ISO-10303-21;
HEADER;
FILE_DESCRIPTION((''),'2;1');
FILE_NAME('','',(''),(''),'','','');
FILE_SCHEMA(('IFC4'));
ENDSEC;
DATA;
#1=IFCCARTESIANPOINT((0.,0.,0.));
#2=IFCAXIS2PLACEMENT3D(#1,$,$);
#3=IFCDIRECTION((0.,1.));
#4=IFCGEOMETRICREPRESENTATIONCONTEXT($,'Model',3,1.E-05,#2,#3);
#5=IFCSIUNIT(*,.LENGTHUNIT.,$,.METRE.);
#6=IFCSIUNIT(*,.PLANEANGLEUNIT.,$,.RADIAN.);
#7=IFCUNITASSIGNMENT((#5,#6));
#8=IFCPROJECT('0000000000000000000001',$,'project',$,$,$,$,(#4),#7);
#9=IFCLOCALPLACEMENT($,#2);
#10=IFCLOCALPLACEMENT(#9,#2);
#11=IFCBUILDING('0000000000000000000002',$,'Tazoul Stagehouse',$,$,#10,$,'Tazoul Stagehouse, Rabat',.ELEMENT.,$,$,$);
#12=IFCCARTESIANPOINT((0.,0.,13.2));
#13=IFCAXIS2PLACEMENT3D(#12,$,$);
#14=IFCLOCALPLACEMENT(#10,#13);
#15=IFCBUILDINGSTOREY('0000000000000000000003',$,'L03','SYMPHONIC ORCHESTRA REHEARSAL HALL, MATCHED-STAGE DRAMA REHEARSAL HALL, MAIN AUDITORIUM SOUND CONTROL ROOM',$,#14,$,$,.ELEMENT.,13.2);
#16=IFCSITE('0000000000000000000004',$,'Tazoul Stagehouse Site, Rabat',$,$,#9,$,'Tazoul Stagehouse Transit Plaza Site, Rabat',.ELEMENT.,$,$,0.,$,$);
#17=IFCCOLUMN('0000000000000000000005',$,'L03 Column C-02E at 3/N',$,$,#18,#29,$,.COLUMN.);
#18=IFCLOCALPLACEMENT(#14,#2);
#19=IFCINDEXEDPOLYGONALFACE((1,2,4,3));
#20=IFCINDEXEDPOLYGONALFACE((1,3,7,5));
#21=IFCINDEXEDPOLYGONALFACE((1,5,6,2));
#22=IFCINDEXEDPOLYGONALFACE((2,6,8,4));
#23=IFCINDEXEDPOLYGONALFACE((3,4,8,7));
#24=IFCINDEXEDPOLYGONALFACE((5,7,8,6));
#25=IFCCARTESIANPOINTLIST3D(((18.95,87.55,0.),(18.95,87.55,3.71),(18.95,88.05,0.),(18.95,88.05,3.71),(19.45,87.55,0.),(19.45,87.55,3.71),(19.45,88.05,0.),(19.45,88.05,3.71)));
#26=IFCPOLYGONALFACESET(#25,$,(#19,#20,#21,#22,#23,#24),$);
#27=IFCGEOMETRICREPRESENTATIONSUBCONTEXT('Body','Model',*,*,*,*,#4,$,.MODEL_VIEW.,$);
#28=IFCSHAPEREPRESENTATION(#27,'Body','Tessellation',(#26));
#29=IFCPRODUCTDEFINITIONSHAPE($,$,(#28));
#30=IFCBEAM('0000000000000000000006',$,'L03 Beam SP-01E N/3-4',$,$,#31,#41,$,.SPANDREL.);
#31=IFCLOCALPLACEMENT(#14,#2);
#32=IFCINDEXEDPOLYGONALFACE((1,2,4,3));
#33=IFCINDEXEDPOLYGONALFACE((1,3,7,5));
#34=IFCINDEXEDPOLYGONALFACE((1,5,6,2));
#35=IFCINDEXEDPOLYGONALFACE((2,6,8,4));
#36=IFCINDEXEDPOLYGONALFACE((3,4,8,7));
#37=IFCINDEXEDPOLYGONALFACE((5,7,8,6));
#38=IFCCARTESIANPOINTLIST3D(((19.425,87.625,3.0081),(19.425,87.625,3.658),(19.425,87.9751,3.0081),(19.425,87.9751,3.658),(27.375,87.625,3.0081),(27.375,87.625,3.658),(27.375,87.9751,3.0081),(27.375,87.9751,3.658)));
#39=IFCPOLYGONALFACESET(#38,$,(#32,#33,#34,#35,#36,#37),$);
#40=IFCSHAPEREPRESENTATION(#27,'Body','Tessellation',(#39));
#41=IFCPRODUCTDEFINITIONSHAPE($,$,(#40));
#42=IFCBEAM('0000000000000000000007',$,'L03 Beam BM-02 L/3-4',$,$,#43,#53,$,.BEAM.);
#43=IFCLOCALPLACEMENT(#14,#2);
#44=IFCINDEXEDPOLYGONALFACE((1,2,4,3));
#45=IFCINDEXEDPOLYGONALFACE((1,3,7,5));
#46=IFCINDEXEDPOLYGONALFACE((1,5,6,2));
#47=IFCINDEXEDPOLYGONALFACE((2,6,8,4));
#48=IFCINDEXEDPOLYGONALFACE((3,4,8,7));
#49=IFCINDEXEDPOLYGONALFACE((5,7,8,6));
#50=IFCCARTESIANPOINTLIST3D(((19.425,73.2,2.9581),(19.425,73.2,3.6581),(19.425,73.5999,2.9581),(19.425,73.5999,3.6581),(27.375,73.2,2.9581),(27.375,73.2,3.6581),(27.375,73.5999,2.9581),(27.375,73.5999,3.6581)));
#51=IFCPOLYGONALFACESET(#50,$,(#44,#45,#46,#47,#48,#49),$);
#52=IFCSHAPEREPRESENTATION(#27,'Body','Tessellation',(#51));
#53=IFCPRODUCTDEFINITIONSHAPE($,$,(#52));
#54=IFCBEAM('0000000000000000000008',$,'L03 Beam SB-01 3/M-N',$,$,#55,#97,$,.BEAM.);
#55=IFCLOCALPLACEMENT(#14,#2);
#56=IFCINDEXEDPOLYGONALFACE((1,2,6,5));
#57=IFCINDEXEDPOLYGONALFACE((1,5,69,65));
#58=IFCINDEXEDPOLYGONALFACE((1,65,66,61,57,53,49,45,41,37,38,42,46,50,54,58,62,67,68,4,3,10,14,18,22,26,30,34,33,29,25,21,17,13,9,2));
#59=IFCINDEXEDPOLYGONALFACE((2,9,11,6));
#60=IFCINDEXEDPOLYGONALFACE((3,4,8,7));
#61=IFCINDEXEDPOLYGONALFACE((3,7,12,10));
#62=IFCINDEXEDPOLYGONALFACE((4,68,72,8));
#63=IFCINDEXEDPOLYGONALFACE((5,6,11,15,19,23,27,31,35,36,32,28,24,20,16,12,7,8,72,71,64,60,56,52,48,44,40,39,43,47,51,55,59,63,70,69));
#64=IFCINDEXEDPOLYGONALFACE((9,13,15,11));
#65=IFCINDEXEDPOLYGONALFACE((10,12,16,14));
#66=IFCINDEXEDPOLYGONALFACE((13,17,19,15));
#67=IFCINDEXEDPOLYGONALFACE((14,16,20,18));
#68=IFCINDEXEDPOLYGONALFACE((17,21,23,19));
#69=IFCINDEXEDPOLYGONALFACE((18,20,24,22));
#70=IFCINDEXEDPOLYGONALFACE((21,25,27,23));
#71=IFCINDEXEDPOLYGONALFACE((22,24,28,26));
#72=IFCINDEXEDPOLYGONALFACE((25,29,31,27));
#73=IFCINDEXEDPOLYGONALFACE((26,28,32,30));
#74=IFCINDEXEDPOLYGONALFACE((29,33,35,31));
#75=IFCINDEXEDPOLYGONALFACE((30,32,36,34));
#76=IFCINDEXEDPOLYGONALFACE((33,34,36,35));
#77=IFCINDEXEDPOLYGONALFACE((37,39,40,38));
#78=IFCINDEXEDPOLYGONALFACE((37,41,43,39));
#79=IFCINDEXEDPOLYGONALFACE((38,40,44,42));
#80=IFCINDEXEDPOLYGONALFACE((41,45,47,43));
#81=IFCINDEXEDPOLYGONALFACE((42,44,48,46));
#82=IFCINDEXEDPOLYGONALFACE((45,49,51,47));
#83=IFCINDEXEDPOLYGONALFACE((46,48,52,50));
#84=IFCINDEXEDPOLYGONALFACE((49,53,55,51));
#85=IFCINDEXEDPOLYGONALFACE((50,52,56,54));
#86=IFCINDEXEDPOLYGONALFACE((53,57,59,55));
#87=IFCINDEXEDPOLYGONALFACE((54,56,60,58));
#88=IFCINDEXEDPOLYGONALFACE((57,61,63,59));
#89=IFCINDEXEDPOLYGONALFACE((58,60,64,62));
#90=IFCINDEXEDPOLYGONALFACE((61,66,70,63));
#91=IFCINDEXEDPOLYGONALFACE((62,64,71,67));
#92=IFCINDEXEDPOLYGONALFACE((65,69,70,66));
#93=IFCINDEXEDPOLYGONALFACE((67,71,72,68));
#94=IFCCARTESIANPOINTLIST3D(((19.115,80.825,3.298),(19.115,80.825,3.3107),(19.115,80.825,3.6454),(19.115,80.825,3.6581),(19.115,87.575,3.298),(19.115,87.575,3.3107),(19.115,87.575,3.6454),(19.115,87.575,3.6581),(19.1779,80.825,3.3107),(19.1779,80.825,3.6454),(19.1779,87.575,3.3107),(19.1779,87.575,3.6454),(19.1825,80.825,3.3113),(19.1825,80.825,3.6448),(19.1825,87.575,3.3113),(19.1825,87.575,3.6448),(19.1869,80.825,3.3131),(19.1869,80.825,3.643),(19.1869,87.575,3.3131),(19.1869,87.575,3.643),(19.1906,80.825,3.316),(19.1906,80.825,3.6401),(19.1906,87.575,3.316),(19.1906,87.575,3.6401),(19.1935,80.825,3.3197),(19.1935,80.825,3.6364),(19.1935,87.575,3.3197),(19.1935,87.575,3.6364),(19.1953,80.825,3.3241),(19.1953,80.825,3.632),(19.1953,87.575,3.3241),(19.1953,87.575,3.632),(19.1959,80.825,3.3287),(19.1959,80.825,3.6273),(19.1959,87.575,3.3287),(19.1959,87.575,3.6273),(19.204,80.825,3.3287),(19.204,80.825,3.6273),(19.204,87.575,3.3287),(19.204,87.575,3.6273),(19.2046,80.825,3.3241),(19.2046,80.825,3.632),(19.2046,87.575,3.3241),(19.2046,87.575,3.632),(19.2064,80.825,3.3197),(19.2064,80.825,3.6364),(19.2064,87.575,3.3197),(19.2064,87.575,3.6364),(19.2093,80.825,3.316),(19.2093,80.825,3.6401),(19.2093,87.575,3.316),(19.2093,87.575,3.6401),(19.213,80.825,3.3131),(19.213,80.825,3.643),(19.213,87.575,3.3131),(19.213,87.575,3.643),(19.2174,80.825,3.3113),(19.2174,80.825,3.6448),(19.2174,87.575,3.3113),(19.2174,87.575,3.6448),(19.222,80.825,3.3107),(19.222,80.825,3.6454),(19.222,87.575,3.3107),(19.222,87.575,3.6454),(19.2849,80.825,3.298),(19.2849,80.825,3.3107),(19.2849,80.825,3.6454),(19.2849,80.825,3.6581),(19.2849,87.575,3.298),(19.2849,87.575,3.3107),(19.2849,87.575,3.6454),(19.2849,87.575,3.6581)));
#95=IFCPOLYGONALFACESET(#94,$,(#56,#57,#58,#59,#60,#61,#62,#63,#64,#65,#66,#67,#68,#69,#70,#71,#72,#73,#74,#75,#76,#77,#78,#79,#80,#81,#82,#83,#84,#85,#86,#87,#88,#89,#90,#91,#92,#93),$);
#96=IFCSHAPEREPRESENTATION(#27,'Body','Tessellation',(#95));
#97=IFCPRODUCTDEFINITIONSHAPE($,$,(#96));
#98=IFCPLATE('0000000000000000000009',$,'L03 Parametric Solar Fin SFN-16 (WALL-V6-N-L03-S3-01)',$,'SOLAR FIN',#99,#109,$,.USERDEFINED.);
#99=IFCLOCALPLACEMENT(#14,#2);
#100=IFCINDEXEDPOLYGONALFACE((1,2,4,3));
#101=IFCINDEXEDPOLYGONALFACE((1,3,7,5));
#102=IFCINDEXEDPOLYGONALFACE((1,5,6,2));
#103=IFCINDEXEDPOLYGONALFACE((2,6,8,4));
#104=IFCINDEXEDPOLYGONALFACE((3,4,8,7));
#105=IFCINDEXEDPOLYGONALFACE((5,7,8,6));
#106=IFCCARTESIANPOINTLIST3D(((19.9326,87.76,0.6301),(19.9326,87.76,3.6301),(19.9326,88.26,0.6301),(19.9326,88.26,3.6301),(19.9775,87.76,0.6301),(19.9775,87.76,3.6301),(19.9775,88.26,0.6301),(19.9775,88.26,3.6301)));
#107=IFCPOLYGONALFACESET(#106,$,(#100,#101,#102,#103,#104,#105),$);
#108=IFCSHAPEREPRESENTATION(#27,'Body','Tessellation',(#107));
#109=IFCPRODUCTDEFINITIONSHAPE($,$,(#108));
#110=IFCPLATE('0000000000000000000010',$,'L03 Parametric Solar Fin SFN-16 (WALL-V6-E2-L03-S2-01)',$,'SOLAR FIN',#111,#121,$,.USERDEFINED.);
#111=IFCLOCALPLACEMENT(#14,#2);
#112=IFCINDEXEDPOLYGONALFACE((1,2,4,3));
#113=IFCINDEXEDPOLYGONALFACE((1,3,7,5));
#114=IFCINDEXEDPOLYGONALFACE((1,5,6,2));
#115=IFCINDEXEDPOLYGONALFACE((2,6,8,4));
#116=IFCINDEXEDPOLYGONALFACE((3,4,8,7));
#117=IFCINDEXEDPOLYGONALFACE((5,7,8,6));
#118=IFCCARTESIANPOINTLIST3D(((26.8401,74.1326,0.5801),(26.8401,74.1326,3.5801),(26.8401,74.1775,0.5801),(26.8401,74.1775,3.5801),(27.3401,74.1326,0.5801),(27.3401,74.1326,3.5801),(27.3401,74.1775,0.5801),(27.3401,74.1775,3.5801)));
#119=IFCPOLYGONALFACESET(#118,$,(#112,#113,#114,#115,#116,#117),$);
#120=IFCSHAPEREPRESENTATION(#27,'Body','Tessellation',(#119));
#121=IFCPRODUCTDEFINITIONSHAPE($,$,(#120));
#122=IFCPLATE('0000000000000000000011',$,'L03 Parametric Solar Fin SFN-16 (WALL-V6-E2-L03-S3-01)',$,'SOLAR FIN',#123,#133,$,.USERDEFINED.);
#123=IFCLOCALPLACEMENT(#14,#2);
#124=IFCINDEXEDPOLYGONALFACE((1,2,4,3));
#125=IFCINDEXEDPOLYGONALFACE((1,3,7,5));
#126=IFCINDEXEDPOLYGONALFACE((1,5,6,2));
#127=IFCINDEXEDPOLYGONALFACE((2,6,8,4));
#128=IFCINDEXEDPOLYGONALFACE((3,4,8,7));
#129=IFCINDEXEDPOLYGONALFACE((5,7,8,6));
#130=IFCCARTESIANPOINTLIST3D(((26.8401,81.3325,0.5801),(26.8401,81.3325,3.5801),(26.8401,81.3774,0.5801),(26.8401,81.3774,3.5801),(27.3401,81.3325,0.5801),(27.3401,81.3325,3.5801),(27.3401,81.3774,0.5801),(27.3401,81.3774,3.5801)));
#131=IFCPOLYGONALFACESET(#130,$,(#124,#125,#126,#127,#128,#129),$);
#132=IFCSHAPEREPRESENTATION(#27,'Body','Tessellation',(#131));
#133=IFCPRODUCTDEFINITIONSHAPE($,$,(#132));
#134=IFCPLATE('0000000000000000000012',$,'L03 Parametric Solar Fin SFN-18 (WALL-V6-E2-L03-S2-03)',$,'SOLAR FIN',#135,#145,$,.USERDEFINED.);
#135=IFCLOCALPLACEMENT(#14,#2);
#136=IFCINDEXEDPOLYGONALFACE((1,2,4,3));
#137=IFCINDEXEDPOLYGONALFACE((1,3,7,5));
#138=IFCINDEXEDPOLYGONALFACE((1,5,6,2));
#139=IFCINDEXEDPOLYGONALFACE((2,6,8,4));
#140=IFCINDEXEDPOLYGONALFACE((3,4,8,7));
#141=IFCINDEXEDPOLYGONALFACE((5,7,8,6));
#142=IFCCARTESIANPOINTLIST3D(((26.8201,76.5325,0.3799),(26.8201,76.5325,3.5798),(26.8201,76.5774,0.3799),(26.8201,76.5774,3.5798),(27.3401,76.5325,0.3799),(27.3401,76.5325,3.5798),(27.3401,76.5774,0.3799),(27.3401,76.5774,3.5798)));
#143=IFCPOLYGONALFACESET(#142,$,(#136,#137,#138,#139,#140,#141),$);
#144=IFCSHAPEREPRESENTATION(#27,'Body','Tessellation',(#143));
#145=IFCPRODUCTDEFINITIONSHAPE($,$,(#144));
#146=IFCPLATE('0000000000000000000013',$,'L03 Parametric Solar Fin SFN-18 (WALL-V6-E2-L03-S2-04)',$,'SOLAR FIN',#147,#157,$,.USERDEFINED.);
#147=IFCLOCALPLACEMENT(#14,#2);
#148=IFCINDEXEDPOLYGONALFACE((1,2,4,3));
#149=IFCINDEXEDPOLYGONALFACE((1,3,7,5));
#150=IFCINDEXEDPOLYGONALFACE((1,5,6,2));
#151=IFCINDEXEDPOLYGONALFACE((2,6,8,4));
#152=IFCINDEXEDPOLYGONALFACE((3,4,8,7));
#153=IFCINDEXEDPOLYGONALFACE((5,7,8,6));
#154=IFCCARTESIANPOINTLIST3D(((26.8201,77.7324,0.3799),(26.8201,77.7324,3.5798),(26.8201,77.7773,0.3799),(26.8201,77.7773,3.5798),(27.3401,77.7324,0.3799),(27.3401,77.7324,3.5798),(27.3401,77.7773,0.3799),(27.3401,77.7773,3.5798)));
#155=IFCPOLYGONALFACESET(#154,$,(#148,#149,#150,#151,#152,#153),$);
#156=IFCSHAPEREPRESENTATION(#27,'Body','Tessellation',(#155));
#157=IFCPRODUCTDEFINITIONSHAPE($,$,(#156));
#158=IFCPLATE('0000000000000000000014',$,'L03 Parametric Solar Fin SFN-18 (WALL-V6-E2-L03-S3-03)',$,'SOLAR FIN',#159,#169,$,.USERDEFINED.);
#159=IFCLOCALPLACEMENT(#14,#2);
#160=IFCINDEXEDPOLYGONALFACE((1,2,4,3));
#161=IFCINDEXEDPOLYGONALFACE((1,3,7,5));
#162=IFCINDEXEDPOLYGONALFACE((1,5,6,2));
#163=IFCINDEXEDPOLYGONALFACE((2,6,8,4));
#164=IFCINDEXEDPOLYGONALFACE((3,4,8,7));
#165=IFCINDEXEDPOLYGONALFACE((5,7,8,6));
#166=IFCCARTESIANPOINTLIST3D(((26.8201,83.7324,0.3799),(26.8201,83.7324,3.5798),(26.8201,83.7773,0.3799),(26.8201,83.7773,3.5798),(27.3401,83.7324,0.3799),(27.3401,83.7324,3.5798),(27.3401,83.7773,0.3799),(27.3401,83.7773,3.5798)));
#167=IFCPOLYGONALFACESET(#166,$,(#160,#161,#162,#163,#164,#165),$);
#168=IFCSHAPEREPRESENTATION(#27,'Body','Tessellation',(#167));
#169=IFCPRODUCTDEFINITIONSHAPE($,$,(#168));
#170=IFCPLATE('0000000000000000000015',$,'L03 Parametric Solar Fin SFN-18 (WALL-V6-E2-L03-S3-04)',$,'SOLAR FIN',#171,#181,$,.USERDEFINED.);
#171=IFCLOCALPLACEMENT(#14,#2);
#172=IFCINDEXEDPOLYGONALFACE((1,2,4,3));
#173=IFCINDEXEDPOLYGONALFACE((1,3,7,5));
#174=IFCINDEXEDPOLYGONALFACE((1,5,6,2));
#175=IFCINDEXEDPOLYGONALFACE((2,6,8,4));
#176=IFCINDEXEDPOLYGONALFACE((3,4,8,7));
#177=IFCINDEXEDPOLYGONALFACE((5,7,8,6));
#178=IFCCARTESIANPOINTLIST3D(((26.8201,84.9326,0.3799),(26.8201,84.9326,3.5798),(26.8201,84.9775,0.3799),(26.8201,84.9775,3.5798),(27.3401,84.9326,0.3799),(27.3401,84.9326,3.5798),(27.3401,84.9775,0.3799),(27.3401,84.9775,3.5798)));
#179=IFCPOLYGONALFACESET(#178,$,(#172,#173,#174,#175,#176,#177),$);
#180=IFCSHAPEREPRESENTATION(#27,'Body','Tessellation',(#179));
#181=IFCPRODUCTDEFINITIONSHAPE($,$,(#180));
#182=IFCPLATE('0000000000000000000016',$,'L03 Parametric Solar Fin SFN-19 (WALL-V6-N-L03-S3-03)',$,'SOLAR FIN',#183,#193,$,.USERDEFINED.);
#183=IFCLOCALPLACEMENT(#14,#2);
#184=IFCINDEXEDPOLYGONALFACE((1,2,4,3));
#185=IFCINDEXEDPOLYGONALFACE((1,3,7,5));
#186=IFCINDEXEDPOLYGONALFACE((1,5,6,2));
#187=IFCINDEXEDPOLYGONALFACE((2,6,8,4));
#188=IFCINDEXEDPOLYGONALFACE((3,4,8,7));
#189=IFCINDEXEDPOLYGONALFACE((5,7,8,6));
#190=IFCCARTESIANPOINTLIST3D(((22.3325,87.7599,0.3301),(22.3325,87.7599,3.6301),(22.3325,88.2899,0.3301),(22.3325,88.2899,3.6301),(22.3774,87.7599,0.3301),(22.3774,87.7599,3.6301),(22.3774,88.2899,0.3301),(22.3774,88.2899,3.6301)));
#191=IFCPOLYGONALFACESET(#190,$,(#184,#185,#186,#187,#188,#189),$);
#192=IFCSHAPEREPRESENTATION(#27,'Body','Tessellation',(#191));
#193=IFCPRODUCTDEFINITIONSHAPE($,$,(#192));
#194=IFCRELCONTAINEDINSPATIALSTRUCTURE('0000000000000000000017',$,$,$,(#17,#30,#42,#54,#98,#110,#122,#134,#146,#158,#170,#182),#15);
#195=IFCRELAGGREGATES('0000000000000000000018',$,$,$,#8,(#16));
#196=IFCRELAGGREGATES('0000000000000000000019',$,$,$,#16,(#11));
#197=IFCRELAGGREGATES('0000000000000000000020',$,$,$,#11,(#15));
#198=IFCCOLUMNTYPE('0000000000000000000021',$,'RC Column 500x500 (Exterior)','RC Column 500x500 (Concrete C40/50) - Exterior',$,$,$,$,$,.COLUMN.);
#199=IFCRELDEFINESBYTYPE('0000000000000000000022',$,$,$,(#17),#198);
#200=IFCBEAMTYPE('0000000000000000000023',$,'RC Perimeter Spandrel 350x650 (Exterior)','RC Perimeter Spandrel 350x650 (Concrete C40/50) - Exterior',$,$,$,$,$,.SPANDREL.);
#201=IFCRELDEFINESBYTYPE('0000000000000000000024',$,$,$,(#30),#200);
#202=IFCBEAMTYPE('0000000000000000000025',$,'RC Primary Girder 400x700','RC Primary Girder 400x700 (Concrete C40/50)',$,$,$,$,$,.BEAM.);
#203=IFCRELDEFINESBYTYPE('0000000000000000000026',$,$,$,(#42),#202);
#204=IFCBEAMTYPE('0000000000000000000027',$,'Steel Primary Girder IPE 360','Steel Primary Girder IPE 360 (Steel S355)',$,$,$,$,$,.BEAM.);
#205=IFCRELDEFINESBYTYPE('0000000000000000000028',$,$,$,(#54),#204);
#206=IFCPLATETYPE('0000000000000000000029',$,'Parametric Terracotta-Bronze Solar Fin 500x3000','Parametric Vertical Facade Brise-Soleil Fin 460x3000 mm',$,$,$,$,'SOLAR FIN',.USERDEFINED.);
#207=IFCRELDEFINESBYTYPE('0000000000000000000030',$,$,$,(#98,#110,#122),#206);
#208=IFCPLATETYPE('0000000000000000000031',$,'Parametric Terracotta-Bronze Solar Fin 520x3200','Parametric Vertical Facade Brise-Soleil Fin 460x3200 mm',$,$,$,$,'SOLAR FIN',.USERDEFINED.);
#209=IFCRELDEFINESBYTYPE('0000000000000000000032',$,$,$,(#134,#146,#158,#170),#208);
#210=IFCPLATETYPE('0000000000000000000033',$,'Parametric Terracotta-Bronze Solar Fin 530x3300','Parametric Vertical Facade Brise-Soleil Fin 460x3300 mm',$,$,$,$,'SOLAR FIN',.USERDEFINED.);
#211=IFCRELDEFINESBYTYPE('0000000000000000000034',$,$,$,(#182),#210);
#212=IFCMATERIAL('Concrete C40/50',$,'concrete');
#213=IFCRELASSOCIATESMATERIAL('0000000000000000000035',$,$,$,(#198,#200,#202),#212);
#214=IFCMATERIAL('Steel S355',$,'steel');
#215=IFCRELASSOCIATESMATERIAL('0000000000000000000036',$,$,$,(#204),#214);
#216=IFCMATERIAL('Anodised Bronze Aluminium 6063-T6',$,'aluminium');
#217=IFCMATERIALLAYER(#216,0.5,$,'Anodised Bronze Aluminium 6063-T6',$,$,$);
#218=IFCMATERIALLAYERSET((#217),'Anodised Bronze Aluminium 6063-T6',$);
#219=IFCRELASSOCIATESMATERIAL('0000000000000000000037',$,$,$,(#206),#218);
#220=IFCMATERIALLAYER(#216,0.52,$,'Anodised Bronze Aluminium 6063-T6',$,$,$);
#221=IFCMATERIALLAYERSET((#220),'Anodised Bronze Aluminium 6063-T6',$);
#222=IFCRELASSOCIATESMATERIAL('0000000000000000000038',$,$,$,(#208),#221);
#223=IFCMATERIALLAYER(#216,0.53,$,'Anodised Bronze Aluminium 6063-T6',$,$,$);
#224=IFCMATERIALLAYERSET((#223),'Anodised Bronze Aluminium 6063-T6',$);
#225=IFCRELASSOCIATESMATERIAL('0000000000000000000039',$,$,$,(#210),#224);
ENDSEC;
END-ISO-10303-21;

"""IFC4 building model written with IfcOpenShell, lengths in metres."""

from ifc_helpers import new_model, si_unit, direction, frame, origin, origin_2d, place, context, subcontext, project, spatial, rectangle, i_section, extrude, material, layer, layer_set, material_profile, profile_set, type_object, element, save


model = new_model("IFC4")

# Units and contexts
model_context = context("Model", 3, precision=1e-05, world=origin(), true_north=direction((0.0, 1.0)))
body_context = subcontext(model_context, "Body", "Model", "MODEL_VIEW")
ifc_project = project(units=[si_unit("LENGTHUNIT", "METRE"), si_unit("PLANEANGLEUNIT", "RADIAN")], contexts=[model_context])

# Site, building, storey
site_placement = place(None, origin())
site = spatial("IfcSite", under=ifc_project, at=site_placement, Name="Tazoul Stagehouse Site, Rabat", LongName="Tazoul Stagehouse Transit Plaza Site, Rabat", CompositionType="ELEMENT", RefElevation=0.0)
building_placement = place(site_placement, origin())
building = spatial("IfcBuilding", under=site, at=building_placement, Name="Tazoul Stagehouse", LongName="Tazoul Stagehouse, Rabat", CompositionType="ELEMENT")
storey_placement = place(building_placement, frame((0.0, 0.0, 13.2)))
storey = spatial("IfcBuildingStorey", under=building, at=storey_placement, Name="L03", Description="SYMPHONIC ORCHESTRA REHEARSAL HALL, MATCHED-STAGE DRAMA REHEARSAL HALL, MAIN AUDITORIUM SOUND CONTROL ROOM", CompositionType="ELEMENT", Elevation=13.2)

# Column
ifc_material_1 = material(Name="Concrete C40/50", Category="concrete")
ifc_material_profile_1 = material_profile(ifc_material_1, rectangle(XDim=0.5, YDim=0.5, at=origin_2d()), Name="RC 500x500")
ifc_profile_set_1 = profile_set([ifc_material_profile_1], Name="Concrete C40/50")
column_type = type_object("IfcColumnType", Name="RC Column 500x500 (Exterior)", Description="RC Column 500x500 (Concrete C40/50) - Exterior", PredefinedType="COLUMN", material=ifc_profile_set_1)
column_placement = place(storey_placement, frame((19.2, 87.8, 0.0), z_axis=(0.0, 0.0, 1.0), x_axis=(1.0, 0.0, 0.0)))
element("IfcColumn", 1, at=column_placement, inside=storey, type_object=column_type, Name="L03 Column C-02E at 3/N", PredefinedType="COLUMN", context=body_context, shape_type="SweptSolid", body=[
    extrude(rectangle(XDim=0.5, YDim=0.5, at=origin_2d()), origin(), (0.0, 0.0, 1.0), 3.71),
])

# Beams
ifc_material_profile_2 = material_profile(ifc_material_1, rectangle(XDim=0.3501, YDim=0.6499, at=origin_2d()), Name="RC 350x650")
ifc_profile_set_2 = profile_set([ifc_material_profile_2], Name="Concrete C40/50")
beam_type_1 = type_object("IfcBeamType", Name="RC Perimeter Spandrel 350x650 (Exterior)", Description="RC Perimeter Spandrel 350x650 (Concrete C40/50) - Exterior", PredefinedType="SPANDREL", material=ifc_profile_set_2)
beam_1_placement = place(storey_placement, frame((19.425, 87.8, 3.333), z_axis=(1.0, 0.0, 0.0), x_axis=(0.0, 1.0, 0.0)))
element("IfcBeam", 2, at=beam_1_placement, inside=storey, type_object=beam_type_1, Name="L03 Beam SP-01E N/3-4", PredefinedType="SPANDREL", context=body_context, shape_type="SweptSolid", body=[
    extrude(rectangle(XDim=0.3501, YDim=0.6499, at=origin_2d()), origin(), (0.0, 0.0, 1.0), 7.95),
])
ifc_material_profile_3 = material_profile(ifc_material_1, rectangle(XDim=0.3999, YDim=0.7, at=origin_2d()), Name="RC 400x700")
ifc_profile_set_3 = profile_set([ifc_material_profile_3], Name="Concrete C40/50")
beam_type_2 = type_object("IfcBeamType", Name="RC Primary Girder 400x700", Description="RC Primary Girder 400x700 (Concrete C40/50)", PredefinedType="BEAM", material=ifc_profile_set_3)
beam_2_placement = place(storey_placement, frame((19.425, 73.3999, 3.3081), z_axis=(1.0, 0.0, 0.0), x_axis=(0.0, 1.0, 0.0)))
element("IfcBeam", 3, at=beam_2_placement, inside=storey, type_object=beam_type_2, Name="L03 Beam BM-02 L/3-4", PredefinedType="BEAM", context=body_context, shape_type="SweptSolid", body=[
    extrude(rectangle(XDim=0.3999, YDim=0.7, at=origin_2d()), origin(), (0.0, 0.0, 1.0), 7.95),
])
ifc_material_2 = material(Name="Steel S355", Category="steel")
ifc_material_profile_4 = material_profile(ifc_material_2, i_section(OverallWidth=0.1699, OverallDepth=0.3601, WebThickness=0.0081, FlangeThickness=0.0127, FilletRadius=0.0181, at=origin_2d()), Name="IPE 360")
ifc_profile_set_4 = profile_set([ifc_material_profile_4], Name="Steel S355")
beam_type_3 = type_object("IfcBeamType", Name="Steel Primary Girder IPE 360", Description="Steel Primary Girder IPE 360 (Steel S355)", PredefinedType="BEAM", material=ifc_profile_set_4)
beam_3_placement = place(storey_placement, frame((19.2, 80.825, 3.478), z_axis=(0.0, 1.0, 0.0), x_axis=(-1.0, 0.0, 0.0)))
element("IfcBeam", 4, at=beam_3_placement, inside=storey, type_object=beam_type_3, Name="L03 Beam SB-01 3/M-N", PredefinedType="BEAM", context=body_context, shape_type="SweptSolid", body=[
    extrude(i_section(OverallWidth=0.1699, OverallDepth=0.3601, WebThickness=0.0081, FlangeThickness=0.0127, FilletRadius=0.0181, at=origin_2d()), origin(), (0.0, 0.0, 1.0), 6.75),
])

# Plates
ifc_material_3 = material(Name="Anodised Bronze Aluminium 6063-T6", Category="aluminium")
ifc_layer_1 = layer(ifc_material_3, 0.5, Name="Anodised Bronze Aluminium 6063-T6")
ifc_layer_set_1 = layer_set([ifc_layer_1], Name="Anodised Bronze Aluminium 6063-T6")
plate_type_1 = type_object("IfcPlateType", Name="Parametric Terracotta-Bronze Solar Fin 500x3000", Description="Parametric Vertical Facade Brise-Soleil Fin 460x3000 mm", ElementType="SOLAR FIN", PredefinedType="USERDEFINED", material=ifc_layer_set_1)
for number, where, z_axis, x_axis, name in (
    (5, (19.9551, 88.01, 0.6301), (0.0, 0.0, 1.0), (1.0, 0.0, 0.0), "L03 Parametric Solar Fin SFN-16 (WALL-V6-N-L03-S3-01)"),
    (6, (27.0901, 74.155, 0.5801), (0.0, 0.0, 1.0), (0.0, 1.0, 0.0), "L03 Parametric Solar Fin SFN-16 (WALL-V6-E2-L03-S2-01)"),
    (7, (27.0901, 81.355, 0.5801), (0.0, 0.0, 1.0), (0.0, 1.0, 0.0), "L03 Parametric Solar Fin SFN-16 (WALL-V6-E2-L03-S3-01)"),
):
    element("IfcPlate", number, at=place(storey_placement, frame(where, z_axis=z_axis, x_axis=x_axis)), inside=storey, type_object=plate_type_1, Name=name, ObjectType="SOLAR FIN", PredefinedType="USERDEFINED", context=body_context, shape_type="SweptSolid", body=[
        extrude(rectangle(XDim=0.0449, YDim=0.5, at=origin_2d()), origin(), (0.0, 0.0, 1.0), 3.0),
    ])
ifc_layer_2 = layer(ifc_material_3, 0.52, Name="Anodised Bronze Aluminium 6063-T6")
ifc_layer_set_2 = layer_set([ifc_layer_2], Name="Anodised Bronze Aluminium 6063-T6")
plate_type_2 = type_object("IfcPlateType", Name="Parametric Terracotta-Bronze Solar Fin 520x3200", Description="Parametric Vertical Facade Brise-Soleil Fin 460x3200 mm", ElementType="SOLAR FIN", PredefinedType="USERDEFINED", material=ifc_layer_set_2)
for number, where, z_axis, x_axis, name in (
    (8, (27.0801, 76.5549, 0.3799), (0.0, 0.0, 1.0), (0.0, 1.0, 0.0), "L03 Parametric Solar Fin SFN-18 (WALL-V6-E2-L03-S2-03)"),
    (9, (27.0801, 77.7549, 0.3799), (0.0, 0.0, 1.0), (0.0, 1.0, 0.0), "L03 Parametric Solar Fin SFN-18 (WALL-V6-E2-L03-S2-04)"),
    (10, (27.0801, 83.7549, 0.3799), (0.0, 0.0, 1.0), (0.0, 1.0, 0.0), "L03 Parametric Solar Fin SFN-18 (WALL-V6-E2-L03-S3-03)"),
    (11, (27.0801, 84.9551, 0.3799), (0.0, 0.0, 1.0), (0.0, 1.0, 0.0), "L03 Parametric Solar Fin SFN-18 (WALL-V6-E2-L03-S3-04)"),
):
    element("IfcPlate", number, at=place(storey_placement, frame(where, z_axis=z_axis, x_axis=x_axis)), inside=storey, type_object=plate_type_2, Name=name, ObjectType="SOLAR FIN", PredefinedType="USERDEFINED", context=body_context, shape_type="SweptSolid", body=[
        extrude(rectangle(XDim=0.0449, YDim=0.52, at=origin_2d()), origin(), (0.0, 0.0, 1.0), 3.2),
    ])
ifc_layer_3 = layer(ifc_material_3, 0.53, Name="Anodised Bronze Aluminium 6063-T6")
ifc_layer_set_3 = layer_set([ifc_layer_3], Name="Anodised Bronze Aluminium 6063-T6")
plate_type_3 = type_object("IfcPlateType", Name="Parametric Terracotta-Bronze Solar Fin 530x3300", Description="Parametric Vertical Facade Brise-Soleil Fin 460x3300 mm", ElementType="SOLAR FIN", PredefinedType="USERDEFINED", material=ifc_layer_set_3)
for number, where, z_axis, x_axis, name in (
    (12, (22.355, 88.0249, 0.3301), (0.0, 0.0, 1.0), (1.0, 0.0, 0.0), "L03 Parametric Solar Fin SFN-19 (WALL-V6-N-L03-S3-03)"),
):
    element("IfcPlate", number, at=place(storey_placement, frame(where, z_axis=z_axis, x_axis=x_axis)), inside=storey, type_object=plate_type_3, Name=name, ObjectType="SOLAR FIN", PredefinedType="USERDEFINED", context=body_context, shape_type="SweptSolid", body=[
        extrude(rectangle(XDim=0.0449, YDim=0.53, at=origin_2d()), origin(), (0.0, 0.0, 1.0), 3.3),
    ])

save(model, "model.ifc")
